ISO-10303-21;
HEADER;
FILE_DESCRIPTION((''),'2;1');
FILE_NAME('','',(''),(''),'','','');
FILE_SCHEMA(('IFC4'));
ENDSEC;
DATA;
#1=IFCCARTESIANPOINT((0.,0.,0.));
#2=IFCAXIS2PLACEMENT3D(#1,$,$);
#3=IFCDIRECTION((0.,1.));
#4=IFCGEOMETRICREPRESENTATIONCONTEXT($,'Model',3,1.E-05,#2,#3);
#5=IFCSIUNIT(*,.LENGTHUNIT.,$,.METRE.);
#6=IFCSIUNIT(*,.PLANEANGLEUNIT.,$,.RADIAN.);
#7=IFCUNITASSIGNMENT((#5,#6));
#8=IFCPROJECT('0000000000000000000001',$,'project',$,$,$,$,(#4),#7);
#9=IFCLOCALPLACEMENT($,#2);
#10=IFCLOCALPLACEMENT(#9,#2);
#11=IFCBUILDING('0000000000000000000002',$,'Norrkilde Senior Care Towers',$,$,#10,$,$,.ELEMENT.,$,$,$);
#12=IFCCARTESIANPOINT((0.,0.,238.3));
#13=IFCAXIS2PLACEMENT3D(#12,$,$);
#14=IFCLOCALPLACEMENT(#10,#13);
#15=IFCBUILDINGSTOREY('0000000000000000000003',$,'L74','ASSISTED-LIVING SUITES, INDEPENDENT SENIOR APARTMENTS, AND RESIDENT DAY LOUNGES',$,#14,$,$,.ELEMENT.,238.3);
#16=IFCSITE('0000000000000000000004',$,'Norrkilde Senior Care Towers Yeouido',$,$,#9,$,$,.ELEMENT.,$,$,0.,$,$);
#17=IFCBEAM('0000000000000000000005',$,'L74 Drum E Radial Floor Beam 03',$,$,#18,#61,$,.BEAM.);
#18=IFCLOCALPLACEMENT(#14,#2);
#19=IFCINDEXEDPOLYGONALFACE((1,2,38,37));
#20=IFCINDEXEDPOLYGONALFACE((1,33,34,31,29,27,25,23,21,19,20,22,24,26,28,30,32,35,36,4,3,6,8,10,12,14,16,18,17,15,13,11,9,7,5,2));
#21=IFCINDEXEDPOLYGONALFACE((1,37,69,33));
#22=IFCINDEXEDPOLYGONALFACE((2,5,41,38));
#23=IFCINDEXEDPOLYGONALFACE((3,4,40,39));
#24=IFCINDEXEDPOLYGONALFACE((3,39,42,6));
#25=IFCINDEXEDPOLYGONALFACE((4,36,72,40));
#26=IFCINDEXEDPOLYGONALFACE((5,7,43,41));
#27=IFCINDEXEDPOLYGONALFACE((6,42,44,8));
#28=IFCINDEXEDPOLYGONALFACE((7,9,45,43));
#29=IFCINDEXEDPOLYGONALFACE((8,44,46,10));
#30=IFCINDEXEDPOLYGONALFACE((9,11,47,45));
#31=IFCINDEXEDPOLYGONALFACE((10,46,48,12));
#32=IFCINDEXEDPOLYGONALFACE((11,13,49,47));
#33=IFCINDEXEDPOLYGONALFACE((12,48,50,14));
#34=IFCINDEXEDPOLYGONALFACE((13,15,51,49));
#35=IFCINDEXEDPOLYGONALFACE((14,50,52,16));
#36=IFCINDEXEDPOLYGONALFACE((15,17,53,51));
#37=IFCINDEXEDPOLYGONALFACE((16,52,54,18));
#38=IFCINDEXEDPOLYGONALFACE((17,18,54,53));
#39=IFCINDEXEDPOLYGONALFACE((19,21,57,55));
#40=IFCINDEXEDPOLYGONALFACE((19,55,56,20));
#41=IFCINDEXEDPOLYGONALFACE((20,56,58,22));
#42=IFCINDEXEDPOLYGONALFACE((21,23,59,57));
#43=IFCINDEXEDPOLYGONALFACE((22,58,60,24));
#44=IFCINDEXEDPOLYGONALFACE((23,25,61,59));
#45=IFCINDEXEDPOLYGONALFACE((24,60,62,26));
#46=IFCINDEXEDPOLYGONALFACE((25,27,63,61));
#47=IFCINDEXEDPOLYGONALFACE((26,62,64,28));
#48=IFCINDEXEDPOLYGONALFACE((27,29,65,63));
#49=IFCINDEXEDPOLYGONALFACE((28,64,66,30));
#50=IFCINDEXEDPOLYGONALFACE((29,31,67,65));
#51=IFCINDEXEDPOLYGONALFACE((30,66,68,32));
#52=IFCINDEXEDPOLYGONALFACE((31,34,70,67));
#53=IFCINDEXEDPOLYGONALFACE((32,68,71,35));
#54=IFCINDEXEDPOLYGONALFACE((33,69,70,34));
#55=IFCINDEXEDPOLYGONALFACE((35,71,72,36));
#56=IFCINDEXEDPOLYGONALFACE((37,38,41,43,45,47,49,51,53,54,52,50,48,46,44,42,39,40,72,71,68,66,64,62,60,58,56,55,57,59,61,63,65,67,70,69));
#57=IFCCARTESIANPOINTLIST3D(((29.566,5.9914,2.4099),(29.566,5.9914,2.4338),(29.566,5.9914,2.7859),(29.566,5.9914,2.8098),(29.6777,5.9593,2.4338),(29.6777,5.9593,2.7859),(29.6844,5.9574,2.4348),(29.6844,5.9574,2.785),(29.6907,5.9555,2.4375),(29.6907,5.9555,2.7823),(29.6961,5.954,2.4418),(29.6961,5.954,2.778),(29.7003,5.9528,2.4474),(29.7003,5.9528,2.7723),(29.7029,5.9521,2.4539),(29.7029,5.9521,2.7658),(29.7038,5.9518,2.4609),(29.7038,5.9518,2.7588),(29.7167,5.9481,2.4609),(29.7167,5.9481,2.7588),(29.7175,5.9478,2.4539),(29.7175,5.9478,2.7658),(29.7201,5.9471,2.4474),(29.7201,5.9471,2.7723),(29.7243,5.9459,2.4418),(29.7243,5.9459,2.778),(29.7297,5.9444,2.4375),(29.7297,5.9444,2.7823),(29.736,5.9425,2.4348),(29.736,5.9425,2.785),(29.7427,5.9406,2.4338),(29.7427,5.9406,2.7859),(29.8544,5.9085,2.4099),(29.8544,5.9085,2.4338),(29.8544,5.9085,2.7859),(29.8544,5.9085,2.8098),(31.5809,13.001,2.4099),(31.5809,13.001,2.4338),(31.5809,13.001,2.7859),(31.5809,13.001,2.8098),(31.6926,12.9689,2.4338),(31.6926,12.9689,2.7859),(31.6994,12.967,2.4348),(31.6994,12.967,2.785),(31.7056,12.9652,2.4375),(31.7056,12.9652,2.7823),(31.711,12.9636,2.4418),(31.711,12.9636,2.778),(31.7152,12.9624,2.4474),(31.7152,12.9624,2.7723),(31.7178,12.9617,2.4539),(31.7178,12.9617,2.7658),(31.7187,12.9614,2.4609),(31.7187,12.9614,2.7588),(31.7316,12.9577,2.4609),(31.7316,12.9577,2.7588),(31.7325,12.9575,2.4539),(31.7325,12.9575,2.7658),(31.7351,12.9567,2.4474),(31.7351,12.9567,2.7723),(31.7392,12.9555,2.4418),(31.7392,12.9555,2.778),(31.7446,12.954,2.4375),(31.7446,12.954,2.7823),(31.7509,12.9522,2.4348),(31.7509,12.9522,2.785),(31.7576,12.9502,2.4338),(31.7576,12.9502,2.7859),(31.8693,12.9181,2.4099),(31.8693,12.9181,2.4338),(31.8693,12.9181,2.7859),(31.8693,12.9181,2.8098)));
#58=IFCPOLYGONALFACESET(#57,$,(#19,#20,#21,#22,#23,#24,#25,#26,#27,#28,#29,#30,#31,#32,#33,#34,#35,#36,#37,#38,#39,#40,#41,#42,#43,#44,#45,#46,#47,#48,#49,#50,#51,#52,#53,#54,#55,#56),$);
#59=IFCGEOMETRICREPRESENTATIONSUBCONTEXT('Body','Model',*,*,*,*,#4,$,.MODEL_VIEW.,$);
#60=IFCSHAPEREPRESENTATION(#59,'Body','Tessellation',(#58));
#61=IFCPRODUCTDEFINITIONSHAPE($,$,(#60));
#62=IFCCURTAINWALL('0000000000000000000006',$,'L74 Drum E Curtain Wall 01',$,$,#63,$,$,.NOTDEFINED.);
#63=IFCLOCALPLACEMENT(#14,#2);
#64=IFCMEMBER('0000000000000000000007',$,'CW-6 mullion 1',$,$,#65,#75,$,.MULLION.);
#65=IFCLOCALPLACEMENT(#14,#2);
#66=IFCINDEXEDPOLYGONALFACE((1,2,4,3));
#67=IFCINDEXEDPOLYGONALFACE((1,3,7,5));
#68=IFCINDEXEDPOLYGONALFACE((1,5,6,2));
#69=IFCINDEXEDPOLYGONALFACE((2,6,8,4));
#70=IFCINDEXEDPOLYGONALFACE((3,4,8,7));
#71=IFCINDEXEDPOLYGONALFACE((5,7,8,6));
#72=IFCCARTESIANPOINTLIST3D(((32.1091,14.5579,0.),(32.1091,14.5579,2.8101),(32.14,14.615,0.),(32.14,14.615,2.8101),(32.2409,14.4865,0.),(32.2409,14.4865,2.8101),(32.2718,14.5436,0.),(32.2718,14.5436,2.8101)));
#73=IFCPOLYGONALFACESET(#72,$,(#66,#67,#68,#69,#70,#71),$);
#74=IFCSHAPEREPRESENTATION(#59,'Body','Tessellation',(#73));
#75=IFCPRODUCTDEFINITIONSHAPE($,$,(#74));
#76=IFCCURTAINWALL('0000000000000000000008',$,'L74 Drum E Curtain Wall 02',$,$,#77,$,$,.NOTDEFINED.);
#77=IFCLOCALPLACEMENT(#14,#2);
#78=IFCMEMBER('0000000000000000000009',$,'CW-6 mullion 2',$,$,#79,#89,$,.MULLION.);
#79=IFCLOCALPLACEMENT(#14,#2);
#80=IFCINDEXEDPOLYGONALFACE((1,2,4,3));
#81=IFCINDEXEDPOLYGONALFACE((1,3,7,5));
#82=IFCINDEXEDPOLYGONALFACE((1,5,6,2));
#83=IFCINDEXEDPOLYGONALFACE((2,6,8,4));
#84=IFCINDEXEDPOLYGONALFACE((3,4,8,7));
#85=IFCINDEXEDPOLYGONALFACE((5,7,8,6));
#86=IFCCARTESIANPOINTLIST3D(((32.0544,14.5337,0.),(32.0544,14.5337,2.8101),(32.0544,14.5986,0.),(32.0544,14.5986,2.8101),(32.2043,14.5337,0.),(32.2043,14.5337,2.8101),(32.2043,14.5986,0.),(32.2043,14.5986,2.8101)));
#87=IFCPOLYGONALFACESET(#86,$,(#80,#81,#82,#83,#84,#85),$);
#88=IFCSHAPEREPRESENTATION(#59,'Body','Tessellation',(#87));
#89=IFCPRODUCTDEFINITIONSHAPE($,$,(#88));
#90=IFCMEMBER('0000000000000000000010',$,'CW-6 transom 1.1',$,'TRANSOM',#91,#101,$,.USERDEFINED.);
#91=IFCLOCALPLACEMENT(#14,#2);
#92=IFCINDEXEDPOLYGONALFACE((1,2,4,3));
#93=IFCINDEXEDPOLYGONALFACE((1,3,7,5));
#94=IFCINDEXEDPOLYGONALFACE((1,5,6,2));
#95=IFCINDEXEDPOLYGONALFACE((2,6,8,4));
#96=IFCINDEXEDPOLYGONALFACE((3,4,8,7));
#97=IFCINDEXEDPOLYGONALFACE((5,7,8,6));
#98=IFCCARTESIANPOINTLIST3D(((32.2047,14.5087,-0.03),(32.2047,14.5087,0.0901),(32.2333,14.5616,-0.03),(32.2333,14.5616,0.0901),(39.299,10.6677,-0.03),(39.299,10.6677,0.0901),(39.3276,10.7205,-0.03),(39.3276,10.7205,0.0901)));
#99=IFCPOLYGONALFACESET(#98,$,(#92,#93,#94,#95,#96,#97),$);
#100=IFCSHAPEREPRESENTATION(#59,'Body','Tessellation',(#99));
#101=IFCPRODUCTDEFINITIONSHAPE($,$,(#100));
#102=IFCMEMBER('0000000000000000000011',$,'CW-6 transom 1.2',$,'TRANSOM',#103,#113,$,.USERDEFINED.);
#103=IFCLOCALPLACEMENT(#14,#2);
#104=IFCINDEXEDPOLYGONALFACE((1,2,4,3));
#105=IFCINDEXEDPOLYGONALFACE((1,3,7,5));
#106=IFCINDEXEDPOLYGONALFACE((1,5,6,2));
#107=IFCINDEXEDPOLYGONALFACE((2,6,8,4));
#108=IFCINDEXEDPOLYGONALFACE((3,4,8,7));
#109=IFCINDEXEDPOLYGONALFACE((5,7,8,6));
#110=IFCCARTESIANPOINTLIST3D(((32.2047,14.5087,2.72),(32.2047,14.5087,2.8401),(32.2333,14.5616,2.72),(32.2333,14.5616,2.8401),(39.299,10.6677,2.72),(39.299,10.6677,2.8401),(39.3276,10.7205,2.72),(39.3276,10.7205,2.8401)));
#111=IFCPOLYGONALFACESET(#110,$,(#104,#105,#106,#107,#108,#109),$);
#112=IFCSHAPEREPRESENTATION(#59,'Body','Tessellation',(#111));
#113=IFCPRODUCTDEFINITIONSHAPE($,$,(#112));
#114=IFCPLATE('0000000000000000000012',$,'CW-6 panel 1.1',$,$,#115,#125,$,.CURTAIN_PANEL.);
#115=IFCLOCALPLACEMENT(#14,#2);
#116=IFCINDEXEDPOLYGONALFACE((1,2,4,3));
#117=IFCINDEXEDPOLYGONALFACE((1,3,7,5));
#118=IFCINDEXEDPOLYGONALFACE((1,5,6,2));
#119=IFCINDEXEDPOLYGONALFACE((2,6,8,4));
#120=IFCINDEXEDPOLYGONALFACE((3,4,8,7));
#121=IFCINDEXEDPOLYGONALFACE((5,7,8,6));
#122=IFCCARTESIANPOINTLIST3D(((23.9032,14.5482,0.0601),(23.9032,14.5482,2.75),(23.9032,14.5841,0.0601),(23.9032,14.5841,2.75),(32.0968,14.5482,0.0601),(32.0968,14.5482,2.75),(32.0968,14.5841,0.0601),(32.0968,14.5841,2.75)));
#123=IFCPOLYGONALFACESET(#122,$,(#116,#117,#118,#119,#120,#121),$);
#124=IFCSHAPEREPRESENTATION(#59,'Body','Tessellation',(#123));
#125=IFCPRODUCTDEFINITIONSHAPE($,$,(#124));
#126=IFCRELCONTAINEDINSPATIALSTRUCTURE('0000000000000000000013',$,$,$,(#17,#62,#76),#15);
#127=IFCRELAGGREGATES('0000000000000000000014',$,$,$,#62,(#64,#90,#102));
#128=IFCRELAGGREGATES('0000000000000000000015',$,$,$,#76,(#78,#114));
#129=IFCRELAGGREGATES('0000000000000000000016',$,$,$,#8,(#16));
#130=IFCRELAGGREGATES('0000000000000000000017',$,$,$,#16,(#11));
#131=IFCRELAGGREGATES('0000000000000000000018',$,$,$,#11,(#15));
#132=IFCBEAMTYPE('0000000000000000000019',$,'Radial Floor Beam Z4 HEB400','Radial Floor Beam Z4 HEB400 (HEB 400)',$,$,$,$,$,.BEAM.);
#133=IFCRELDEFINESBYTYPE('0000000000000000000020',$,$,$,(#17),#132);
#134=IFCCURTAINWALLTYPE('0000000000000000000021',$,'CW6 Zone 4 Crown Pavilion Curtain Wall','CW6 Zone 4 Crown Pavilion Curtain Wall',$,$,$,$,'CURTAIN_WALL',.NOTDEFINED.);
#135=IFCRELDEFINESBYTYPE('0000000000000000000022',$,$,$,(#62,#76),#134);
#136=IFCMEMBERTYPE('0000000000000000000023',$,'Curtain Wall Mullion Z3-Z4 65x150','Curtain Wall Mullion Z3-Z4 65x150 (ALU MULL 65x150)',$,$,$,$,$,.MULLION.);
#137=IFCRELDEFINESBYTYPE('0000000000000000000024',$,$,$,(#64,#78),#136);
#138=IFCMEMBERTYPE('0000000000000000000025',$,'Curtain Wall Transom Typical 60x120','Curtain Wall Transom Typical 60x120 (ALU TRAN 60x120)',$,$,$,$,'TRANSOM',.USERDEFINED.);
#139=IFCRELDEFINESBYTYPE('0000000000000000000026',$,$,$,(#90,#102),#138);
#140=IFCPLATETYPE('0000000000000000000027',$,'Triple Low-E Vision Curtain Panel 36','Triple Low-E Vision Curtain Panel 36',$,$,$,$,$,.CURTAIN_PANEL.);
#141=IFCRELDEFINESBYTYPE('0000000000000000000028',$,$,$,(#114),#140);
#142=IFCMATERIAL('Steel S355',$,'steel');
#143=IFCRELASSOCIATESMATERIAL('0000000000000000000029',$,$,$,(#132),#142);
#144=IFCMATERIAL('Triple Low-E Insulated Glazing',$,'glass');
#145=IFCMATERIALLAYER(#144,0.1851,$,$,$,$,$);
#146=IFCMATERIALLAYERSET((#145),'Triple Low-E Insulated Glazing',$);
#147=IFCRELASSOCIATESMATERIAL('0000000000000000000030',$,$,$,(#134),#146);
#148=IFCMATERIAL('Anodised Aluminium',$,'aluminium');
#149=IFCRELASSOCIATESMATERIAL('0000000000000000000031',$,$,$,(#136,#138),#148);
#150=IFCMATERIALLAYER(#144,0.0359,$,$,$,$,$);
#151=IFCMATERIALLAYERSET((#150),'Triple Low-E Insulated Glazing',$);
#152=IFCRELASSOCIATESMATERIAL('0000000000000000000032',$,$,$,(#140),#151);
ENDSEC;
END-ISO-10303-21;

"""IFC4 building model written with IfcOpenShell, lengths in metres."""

from ifc_helpers import new_model, si_unit, direction, frame, origin, origin_2d, place, context, subcontext, project, spatial, rectangle, i_section, extrude, source, transform, mapped, material, layer, layer_set, material_profile, profile_set, type_object, type_shapes, element, aggregate, save


model = new_model("IFC4")

# Units and contexts
model_context = context("Model", 3, precision=1e-05, world=origin(), true_north=direction((0.0, 1.0)))
body_context = subcontext(model_context, "Body", "Model", "MODEL_VIEW")
ifc_project = project(units=[si_unit("LENGTHUNIT", "METRE"), si_unit("PLANEANGLEUNIT", "RADIAN")], contexts=[model_context])

# Site, building, storey
site_placement = place(None, origin())
site = spatial("IfcSite", under=ifc_project, at=site_placement, Name="Norrkilde Senior Care Towers Yeouido", CompositionType="ELEMENT", RefElevation=0.0)
building_placement = place(site_placement, origin())
building = spatial("IfcBuilding", under=site, at=building_placement, Name="Norrkilde Senior Care Towers", CompositionType="ELEMENT")
storey_placement = place(building_placement, frame((0.0, 0.0, 238.3)))
storey = spatial("IfcBuildingStorey", under=building, at=storey_placement, Name="L74", Description="ASSISTED-LIVING SUITES, INDEPENDENT SENIOR APARTMENTS, AND RESIDENT DAY LOUNGES", CompositionType="ELEMENT", Elevation=238.3)

# Beam
ifc_material_1 = material(Name="Steel S355", Category="steel")
ifc_material_profile_1 = material_profile(ifc_material_1, i_section(OverallWidth=0.3, OverallDepth=0.3999, WebThickness=0.0134, FlangeThickness=0.0239, FilletRadius=0.0271, at=origin_2d()), Name="HEB 400")
ifc_profile_set_1 = profile_set([ifc_material_profile_1], Name="Steel S355")
beam_type_1 = type_object("IfcBeamType", Name="Radial Floor Beam Z4 HEB400", Description="Radial Floor Beam Z4 HEB400 (HEB 400)", PredefinedType="BEAM", material=ifc_profile_set_1)
shared_shape_1 = source(origin(), body_context, "Body", "SweptSolid", [
    extrude(i_section(OverallWidth=0.3, OverallDepth=0.3999, WebThickness=0.0134, FlangeThickness=0.0239, FilletRadius=0.0271, at=origin_2d()), origin(), (0.0, 0.0, 1.0), 7.2935),
])
beam_1_placement = place(storey_placement, frame((29.7102, 5.95, 2.6099), z_axis=(0.276264, 0.961082, 0.0), x_axis=(-0.961082, 0.276264, 0.0)))
element("IfcBeam", 1, at=beam_1_placement, inside=storey, type_object=beam_type_1, Name="L74 Drum E Radial Floor Beam 03", PredefinedType="BEAM", context=body_context, shape_type="MappedRepresentation", body=[
    mapped(shared_shape_1, transform((0.0, 0.0, 0.0), x_axis=(1.0, 0.0, 0.0), y_axis=(0.0, 1.0, 0.0), z_axis=(0.0, 0.0, 1.0), scale=1.0)),
])

# Curtain walls, members
ifc_material_2 = material(Name="Triple Low-E Insulated Glazing", Category="glass")
ifc_layer_1 = layer(ifc_material_2, 0.1851)
ifc_layer_set_1 = layer_set([ifc_layer_1], Name="Triple Low-E Insulated Glazing")
curtain_wall_type = type_object("IfcCurtainWallType", Name="CW6 Zone 4 Crown Pavilion Curtain Wall", Description="CW6 Zone 4 Crown Pavilion Curtain Wall", ElementType="CURTAIN_WALL", PredefinedType="NOTDEFINED", material=ifc_layer_set_1)
curtain_wall_1_placement = place(storey_placement, origin())
curtain_wall_1 = element("IfcCurtainWall", 2, at=curtain_wall_1_placement, inside=storey, type_object=curtain_wall_type, Name="L74 Drum E Curtain Wall 01", PredefinedType="NOTDEFINED")
ifc_material_3 = material(Name="Anodised Aluminium", Category="aluminium")
ifc_material_profile_2 = material_profile(ifc_material_3, rectangle(XDim=0.0649, YDim=0.1499, at=origin_2d()), Name="ALU MULL 65x150")
ifc_profile_set_2 = profile_set([ifc_material_profile_2], Name="Anodised Aluminium")
member_type_1 = type_object("IfcMemberType", Name="Curtain Wall Mullion Z3-Z4 65x150", Description="Curtain Wall Mullion Z3-Z4 65x150 (ALU MULL 65x150)", PredefinedType="MULLION", material=ifc_profile_set_2)
shared_shape_2 = source(origin(), body_context, "Body", "SweptSolid", [
    extrude(rectangle(XDim=0.0649, YDim=0.1499, at=origin_2d()), origin(), (0.0, 0.0, 1.0), 2.8101),
])
type_shapes(member_type_1, [shared_shape_2])
member_1_placement = place(storey_placement, frame((32.1904, 14.5508, 0.0), z_axis=(0.0, 0.0, 1.0), x_axis=(0.476133, 0.879373, 0.0)))
member_1 = element("IfcMember", 3, at=member_1_placement, type_object=member_type_1, Name="CW-6 mullion 1", PredefinedType="MULLION", context=body_context, shape_type="MappedRepresentation", body=[
    mapped(shared_shape_2, transform((0.0, 0.0, 0.0), x_axis=(1.0, 0.0, 0.0), y_axis=(0.0, 1.0, 0.0), z_axis=(0.0, 0.0, 1.0), scale=1.0)),
])
curtain_wall_2_placement = place(storey_placement, origin())
curtain_wall_2 = element("IfcCurtainWall", 4, at=curtain_wall_2_placement, inside=storey, type_object=curtain_wall_type, Name="L74 Drum E Curtain Wall 02", PredefinedType="NOTDEFINED")
member_2_placement = place(storey_placement, frame((32.1294, 14.5662, 0.0), z_axis=(0.0, 0.0, 1.0), x_axis=(0.0, 1.0, 0.0)))
member_2 = element("IfcMember", 5, at=member_2_placement, type_object=member_type_1, Name="CW-6 mullion 2", PredefinedType="MULLION", context=body_context, shape_type="MappedRepresentation", body=[
    mapped(shared_shape_2, transform((0.0, 0.0, 0.0), x_axis=(1.0, 0.0, 0.0), y_axis=(0.0, 1.0, 0.0), z_axis=(0.0, 0.0, 1.0), scale=1.0)),
])

# Members
ifc_material_profile_3 = material_profile(ifc_material_3, rectangle(XDim=0.0601, YDim=0.1201, at=origin_2d()), Name="ALU TRAN 60x120")
ifc_profile_set_3 = profile_set([ifc_material_profile_3], Name="Anodised Aluminium")
member_type_2 = type_object("IfcMemberType", Name="Curtain Wall Transom Typical 60x120", Description="Curtain Wall Transom Typical 60x120 (ALU TRAN 60x120)", ElementType="TRANSOM", PredefinedType="USERDEFINED", material=ifc_profile_set_3)
shared_shape_3 = source(origin(), body_context, "Body", "SweptSolid", [
    extrude(rectangle(XDim=0.0601, YDim=0.1201, at=origin_2d()), origin(), (0.0, 0.0, 1.0), 8.0674),
])
type_shapes(member_type_2, [shared_shape_3])
member_3_placement = place(storey_placement, frame((32.219, 14.5352, 0.03), z_axis=(0.879378, -0.476125, 0.0), x_axis=(0.476125, 0.879378, 0.0)))
member_3 = element("IfcMember", 6, at=member_3_placement, type_object=member_type_2, Name="CW-6 transom 1.1", ObjectType="TRANSOM", PredefinedType="USERDEFINED", context=body_context, shape_type="MappedRepresentation", body=[
    mapped(shared_shape_3, transform((0.0, 0.0, 0.0), x_axis=(1.0, 0.0, 0.0), y_axis=(0.0, 1.0, 0.0), z_axis=(0.0, 0.0, 1.0), scale=1.0)),
])
member_4_placement = place(storey_placement, frame((32.219, 14.5352, 2.78), z_axis=(0.879378, -0.476125, 0.0), x_axis=(0.476125, 0.879378, 0.0)))
member_4 = element("IfcMember", 7, at=member_4_placement, type_object=member_type_2, Name="CW-6 transom 1.2", ObjectType="TRANSOM", PredefinedType="USERDEFINED", context=body_context, shape_type="MappedRepresentation", body=[
    mapped(shared_shape_3, transform((0.0, 0.0, 0.0), x_axis=(1.0, 0.0, 0.0), y_axis=(0.0, 1.0, 0.0), z_axis=(0.0, 0.0, 1.0), scale=1.0)),
])
aggregate(curtain_wall_1, [member_1, member_3, member_4])

# Plate
ifc_layer_2 = layer(ifc_material_2, 0.0359)
ifc_layer_set_2 = layer_set([ifc_layer_2], Name="Triple Low-E Insulated Glazing")
plate_type = type_object("IfcPlateType", Name="Triple Low-E Vision Curtain Panel 36", Description="Triple Low-E Vision Curtain Panel 36", PredefinedType="CURTAIN_PANEL", material=ifc_layer_set_2)
shared_shape_4 = source(origin(), body_context, "Body", "SweptSolid", [
    extrude(rectangle(XDim=8.1936, YDim=0.0359, at=origin_2d()), origin(), (0.0, 0.0, 1.0), 2.6899),
])
type_shapes(plate_type, [shared_shape_4])
plate_placement = place(storey_placement, frame((28.0, 14.5662, 0.0601), z_axis=(0.0, 0.0, 1.0), x_axis=(1.0, 0.0, 0.0)))
plate = element("IfcPlate", 8, at=plate_placement, type_object=plate_type, Name="CW-6 panel 1.1", PredefinedType="CURTAIN_PANEL", context=body_context, shape_type="MappedRepresentation", body=[
    mapped(shared_shape_4, transform((0.0, 0.0, 0.0), x_axis=(1.0, 0.0, 0.0), y_axis=(0.0, 1.0, 0.0), z_axis=(0.0, 0.0, 1.0), scale=1.0)),
])
aggregate(curtain_wall_2, [member_2, plate])

save(model, "model.ifc")
